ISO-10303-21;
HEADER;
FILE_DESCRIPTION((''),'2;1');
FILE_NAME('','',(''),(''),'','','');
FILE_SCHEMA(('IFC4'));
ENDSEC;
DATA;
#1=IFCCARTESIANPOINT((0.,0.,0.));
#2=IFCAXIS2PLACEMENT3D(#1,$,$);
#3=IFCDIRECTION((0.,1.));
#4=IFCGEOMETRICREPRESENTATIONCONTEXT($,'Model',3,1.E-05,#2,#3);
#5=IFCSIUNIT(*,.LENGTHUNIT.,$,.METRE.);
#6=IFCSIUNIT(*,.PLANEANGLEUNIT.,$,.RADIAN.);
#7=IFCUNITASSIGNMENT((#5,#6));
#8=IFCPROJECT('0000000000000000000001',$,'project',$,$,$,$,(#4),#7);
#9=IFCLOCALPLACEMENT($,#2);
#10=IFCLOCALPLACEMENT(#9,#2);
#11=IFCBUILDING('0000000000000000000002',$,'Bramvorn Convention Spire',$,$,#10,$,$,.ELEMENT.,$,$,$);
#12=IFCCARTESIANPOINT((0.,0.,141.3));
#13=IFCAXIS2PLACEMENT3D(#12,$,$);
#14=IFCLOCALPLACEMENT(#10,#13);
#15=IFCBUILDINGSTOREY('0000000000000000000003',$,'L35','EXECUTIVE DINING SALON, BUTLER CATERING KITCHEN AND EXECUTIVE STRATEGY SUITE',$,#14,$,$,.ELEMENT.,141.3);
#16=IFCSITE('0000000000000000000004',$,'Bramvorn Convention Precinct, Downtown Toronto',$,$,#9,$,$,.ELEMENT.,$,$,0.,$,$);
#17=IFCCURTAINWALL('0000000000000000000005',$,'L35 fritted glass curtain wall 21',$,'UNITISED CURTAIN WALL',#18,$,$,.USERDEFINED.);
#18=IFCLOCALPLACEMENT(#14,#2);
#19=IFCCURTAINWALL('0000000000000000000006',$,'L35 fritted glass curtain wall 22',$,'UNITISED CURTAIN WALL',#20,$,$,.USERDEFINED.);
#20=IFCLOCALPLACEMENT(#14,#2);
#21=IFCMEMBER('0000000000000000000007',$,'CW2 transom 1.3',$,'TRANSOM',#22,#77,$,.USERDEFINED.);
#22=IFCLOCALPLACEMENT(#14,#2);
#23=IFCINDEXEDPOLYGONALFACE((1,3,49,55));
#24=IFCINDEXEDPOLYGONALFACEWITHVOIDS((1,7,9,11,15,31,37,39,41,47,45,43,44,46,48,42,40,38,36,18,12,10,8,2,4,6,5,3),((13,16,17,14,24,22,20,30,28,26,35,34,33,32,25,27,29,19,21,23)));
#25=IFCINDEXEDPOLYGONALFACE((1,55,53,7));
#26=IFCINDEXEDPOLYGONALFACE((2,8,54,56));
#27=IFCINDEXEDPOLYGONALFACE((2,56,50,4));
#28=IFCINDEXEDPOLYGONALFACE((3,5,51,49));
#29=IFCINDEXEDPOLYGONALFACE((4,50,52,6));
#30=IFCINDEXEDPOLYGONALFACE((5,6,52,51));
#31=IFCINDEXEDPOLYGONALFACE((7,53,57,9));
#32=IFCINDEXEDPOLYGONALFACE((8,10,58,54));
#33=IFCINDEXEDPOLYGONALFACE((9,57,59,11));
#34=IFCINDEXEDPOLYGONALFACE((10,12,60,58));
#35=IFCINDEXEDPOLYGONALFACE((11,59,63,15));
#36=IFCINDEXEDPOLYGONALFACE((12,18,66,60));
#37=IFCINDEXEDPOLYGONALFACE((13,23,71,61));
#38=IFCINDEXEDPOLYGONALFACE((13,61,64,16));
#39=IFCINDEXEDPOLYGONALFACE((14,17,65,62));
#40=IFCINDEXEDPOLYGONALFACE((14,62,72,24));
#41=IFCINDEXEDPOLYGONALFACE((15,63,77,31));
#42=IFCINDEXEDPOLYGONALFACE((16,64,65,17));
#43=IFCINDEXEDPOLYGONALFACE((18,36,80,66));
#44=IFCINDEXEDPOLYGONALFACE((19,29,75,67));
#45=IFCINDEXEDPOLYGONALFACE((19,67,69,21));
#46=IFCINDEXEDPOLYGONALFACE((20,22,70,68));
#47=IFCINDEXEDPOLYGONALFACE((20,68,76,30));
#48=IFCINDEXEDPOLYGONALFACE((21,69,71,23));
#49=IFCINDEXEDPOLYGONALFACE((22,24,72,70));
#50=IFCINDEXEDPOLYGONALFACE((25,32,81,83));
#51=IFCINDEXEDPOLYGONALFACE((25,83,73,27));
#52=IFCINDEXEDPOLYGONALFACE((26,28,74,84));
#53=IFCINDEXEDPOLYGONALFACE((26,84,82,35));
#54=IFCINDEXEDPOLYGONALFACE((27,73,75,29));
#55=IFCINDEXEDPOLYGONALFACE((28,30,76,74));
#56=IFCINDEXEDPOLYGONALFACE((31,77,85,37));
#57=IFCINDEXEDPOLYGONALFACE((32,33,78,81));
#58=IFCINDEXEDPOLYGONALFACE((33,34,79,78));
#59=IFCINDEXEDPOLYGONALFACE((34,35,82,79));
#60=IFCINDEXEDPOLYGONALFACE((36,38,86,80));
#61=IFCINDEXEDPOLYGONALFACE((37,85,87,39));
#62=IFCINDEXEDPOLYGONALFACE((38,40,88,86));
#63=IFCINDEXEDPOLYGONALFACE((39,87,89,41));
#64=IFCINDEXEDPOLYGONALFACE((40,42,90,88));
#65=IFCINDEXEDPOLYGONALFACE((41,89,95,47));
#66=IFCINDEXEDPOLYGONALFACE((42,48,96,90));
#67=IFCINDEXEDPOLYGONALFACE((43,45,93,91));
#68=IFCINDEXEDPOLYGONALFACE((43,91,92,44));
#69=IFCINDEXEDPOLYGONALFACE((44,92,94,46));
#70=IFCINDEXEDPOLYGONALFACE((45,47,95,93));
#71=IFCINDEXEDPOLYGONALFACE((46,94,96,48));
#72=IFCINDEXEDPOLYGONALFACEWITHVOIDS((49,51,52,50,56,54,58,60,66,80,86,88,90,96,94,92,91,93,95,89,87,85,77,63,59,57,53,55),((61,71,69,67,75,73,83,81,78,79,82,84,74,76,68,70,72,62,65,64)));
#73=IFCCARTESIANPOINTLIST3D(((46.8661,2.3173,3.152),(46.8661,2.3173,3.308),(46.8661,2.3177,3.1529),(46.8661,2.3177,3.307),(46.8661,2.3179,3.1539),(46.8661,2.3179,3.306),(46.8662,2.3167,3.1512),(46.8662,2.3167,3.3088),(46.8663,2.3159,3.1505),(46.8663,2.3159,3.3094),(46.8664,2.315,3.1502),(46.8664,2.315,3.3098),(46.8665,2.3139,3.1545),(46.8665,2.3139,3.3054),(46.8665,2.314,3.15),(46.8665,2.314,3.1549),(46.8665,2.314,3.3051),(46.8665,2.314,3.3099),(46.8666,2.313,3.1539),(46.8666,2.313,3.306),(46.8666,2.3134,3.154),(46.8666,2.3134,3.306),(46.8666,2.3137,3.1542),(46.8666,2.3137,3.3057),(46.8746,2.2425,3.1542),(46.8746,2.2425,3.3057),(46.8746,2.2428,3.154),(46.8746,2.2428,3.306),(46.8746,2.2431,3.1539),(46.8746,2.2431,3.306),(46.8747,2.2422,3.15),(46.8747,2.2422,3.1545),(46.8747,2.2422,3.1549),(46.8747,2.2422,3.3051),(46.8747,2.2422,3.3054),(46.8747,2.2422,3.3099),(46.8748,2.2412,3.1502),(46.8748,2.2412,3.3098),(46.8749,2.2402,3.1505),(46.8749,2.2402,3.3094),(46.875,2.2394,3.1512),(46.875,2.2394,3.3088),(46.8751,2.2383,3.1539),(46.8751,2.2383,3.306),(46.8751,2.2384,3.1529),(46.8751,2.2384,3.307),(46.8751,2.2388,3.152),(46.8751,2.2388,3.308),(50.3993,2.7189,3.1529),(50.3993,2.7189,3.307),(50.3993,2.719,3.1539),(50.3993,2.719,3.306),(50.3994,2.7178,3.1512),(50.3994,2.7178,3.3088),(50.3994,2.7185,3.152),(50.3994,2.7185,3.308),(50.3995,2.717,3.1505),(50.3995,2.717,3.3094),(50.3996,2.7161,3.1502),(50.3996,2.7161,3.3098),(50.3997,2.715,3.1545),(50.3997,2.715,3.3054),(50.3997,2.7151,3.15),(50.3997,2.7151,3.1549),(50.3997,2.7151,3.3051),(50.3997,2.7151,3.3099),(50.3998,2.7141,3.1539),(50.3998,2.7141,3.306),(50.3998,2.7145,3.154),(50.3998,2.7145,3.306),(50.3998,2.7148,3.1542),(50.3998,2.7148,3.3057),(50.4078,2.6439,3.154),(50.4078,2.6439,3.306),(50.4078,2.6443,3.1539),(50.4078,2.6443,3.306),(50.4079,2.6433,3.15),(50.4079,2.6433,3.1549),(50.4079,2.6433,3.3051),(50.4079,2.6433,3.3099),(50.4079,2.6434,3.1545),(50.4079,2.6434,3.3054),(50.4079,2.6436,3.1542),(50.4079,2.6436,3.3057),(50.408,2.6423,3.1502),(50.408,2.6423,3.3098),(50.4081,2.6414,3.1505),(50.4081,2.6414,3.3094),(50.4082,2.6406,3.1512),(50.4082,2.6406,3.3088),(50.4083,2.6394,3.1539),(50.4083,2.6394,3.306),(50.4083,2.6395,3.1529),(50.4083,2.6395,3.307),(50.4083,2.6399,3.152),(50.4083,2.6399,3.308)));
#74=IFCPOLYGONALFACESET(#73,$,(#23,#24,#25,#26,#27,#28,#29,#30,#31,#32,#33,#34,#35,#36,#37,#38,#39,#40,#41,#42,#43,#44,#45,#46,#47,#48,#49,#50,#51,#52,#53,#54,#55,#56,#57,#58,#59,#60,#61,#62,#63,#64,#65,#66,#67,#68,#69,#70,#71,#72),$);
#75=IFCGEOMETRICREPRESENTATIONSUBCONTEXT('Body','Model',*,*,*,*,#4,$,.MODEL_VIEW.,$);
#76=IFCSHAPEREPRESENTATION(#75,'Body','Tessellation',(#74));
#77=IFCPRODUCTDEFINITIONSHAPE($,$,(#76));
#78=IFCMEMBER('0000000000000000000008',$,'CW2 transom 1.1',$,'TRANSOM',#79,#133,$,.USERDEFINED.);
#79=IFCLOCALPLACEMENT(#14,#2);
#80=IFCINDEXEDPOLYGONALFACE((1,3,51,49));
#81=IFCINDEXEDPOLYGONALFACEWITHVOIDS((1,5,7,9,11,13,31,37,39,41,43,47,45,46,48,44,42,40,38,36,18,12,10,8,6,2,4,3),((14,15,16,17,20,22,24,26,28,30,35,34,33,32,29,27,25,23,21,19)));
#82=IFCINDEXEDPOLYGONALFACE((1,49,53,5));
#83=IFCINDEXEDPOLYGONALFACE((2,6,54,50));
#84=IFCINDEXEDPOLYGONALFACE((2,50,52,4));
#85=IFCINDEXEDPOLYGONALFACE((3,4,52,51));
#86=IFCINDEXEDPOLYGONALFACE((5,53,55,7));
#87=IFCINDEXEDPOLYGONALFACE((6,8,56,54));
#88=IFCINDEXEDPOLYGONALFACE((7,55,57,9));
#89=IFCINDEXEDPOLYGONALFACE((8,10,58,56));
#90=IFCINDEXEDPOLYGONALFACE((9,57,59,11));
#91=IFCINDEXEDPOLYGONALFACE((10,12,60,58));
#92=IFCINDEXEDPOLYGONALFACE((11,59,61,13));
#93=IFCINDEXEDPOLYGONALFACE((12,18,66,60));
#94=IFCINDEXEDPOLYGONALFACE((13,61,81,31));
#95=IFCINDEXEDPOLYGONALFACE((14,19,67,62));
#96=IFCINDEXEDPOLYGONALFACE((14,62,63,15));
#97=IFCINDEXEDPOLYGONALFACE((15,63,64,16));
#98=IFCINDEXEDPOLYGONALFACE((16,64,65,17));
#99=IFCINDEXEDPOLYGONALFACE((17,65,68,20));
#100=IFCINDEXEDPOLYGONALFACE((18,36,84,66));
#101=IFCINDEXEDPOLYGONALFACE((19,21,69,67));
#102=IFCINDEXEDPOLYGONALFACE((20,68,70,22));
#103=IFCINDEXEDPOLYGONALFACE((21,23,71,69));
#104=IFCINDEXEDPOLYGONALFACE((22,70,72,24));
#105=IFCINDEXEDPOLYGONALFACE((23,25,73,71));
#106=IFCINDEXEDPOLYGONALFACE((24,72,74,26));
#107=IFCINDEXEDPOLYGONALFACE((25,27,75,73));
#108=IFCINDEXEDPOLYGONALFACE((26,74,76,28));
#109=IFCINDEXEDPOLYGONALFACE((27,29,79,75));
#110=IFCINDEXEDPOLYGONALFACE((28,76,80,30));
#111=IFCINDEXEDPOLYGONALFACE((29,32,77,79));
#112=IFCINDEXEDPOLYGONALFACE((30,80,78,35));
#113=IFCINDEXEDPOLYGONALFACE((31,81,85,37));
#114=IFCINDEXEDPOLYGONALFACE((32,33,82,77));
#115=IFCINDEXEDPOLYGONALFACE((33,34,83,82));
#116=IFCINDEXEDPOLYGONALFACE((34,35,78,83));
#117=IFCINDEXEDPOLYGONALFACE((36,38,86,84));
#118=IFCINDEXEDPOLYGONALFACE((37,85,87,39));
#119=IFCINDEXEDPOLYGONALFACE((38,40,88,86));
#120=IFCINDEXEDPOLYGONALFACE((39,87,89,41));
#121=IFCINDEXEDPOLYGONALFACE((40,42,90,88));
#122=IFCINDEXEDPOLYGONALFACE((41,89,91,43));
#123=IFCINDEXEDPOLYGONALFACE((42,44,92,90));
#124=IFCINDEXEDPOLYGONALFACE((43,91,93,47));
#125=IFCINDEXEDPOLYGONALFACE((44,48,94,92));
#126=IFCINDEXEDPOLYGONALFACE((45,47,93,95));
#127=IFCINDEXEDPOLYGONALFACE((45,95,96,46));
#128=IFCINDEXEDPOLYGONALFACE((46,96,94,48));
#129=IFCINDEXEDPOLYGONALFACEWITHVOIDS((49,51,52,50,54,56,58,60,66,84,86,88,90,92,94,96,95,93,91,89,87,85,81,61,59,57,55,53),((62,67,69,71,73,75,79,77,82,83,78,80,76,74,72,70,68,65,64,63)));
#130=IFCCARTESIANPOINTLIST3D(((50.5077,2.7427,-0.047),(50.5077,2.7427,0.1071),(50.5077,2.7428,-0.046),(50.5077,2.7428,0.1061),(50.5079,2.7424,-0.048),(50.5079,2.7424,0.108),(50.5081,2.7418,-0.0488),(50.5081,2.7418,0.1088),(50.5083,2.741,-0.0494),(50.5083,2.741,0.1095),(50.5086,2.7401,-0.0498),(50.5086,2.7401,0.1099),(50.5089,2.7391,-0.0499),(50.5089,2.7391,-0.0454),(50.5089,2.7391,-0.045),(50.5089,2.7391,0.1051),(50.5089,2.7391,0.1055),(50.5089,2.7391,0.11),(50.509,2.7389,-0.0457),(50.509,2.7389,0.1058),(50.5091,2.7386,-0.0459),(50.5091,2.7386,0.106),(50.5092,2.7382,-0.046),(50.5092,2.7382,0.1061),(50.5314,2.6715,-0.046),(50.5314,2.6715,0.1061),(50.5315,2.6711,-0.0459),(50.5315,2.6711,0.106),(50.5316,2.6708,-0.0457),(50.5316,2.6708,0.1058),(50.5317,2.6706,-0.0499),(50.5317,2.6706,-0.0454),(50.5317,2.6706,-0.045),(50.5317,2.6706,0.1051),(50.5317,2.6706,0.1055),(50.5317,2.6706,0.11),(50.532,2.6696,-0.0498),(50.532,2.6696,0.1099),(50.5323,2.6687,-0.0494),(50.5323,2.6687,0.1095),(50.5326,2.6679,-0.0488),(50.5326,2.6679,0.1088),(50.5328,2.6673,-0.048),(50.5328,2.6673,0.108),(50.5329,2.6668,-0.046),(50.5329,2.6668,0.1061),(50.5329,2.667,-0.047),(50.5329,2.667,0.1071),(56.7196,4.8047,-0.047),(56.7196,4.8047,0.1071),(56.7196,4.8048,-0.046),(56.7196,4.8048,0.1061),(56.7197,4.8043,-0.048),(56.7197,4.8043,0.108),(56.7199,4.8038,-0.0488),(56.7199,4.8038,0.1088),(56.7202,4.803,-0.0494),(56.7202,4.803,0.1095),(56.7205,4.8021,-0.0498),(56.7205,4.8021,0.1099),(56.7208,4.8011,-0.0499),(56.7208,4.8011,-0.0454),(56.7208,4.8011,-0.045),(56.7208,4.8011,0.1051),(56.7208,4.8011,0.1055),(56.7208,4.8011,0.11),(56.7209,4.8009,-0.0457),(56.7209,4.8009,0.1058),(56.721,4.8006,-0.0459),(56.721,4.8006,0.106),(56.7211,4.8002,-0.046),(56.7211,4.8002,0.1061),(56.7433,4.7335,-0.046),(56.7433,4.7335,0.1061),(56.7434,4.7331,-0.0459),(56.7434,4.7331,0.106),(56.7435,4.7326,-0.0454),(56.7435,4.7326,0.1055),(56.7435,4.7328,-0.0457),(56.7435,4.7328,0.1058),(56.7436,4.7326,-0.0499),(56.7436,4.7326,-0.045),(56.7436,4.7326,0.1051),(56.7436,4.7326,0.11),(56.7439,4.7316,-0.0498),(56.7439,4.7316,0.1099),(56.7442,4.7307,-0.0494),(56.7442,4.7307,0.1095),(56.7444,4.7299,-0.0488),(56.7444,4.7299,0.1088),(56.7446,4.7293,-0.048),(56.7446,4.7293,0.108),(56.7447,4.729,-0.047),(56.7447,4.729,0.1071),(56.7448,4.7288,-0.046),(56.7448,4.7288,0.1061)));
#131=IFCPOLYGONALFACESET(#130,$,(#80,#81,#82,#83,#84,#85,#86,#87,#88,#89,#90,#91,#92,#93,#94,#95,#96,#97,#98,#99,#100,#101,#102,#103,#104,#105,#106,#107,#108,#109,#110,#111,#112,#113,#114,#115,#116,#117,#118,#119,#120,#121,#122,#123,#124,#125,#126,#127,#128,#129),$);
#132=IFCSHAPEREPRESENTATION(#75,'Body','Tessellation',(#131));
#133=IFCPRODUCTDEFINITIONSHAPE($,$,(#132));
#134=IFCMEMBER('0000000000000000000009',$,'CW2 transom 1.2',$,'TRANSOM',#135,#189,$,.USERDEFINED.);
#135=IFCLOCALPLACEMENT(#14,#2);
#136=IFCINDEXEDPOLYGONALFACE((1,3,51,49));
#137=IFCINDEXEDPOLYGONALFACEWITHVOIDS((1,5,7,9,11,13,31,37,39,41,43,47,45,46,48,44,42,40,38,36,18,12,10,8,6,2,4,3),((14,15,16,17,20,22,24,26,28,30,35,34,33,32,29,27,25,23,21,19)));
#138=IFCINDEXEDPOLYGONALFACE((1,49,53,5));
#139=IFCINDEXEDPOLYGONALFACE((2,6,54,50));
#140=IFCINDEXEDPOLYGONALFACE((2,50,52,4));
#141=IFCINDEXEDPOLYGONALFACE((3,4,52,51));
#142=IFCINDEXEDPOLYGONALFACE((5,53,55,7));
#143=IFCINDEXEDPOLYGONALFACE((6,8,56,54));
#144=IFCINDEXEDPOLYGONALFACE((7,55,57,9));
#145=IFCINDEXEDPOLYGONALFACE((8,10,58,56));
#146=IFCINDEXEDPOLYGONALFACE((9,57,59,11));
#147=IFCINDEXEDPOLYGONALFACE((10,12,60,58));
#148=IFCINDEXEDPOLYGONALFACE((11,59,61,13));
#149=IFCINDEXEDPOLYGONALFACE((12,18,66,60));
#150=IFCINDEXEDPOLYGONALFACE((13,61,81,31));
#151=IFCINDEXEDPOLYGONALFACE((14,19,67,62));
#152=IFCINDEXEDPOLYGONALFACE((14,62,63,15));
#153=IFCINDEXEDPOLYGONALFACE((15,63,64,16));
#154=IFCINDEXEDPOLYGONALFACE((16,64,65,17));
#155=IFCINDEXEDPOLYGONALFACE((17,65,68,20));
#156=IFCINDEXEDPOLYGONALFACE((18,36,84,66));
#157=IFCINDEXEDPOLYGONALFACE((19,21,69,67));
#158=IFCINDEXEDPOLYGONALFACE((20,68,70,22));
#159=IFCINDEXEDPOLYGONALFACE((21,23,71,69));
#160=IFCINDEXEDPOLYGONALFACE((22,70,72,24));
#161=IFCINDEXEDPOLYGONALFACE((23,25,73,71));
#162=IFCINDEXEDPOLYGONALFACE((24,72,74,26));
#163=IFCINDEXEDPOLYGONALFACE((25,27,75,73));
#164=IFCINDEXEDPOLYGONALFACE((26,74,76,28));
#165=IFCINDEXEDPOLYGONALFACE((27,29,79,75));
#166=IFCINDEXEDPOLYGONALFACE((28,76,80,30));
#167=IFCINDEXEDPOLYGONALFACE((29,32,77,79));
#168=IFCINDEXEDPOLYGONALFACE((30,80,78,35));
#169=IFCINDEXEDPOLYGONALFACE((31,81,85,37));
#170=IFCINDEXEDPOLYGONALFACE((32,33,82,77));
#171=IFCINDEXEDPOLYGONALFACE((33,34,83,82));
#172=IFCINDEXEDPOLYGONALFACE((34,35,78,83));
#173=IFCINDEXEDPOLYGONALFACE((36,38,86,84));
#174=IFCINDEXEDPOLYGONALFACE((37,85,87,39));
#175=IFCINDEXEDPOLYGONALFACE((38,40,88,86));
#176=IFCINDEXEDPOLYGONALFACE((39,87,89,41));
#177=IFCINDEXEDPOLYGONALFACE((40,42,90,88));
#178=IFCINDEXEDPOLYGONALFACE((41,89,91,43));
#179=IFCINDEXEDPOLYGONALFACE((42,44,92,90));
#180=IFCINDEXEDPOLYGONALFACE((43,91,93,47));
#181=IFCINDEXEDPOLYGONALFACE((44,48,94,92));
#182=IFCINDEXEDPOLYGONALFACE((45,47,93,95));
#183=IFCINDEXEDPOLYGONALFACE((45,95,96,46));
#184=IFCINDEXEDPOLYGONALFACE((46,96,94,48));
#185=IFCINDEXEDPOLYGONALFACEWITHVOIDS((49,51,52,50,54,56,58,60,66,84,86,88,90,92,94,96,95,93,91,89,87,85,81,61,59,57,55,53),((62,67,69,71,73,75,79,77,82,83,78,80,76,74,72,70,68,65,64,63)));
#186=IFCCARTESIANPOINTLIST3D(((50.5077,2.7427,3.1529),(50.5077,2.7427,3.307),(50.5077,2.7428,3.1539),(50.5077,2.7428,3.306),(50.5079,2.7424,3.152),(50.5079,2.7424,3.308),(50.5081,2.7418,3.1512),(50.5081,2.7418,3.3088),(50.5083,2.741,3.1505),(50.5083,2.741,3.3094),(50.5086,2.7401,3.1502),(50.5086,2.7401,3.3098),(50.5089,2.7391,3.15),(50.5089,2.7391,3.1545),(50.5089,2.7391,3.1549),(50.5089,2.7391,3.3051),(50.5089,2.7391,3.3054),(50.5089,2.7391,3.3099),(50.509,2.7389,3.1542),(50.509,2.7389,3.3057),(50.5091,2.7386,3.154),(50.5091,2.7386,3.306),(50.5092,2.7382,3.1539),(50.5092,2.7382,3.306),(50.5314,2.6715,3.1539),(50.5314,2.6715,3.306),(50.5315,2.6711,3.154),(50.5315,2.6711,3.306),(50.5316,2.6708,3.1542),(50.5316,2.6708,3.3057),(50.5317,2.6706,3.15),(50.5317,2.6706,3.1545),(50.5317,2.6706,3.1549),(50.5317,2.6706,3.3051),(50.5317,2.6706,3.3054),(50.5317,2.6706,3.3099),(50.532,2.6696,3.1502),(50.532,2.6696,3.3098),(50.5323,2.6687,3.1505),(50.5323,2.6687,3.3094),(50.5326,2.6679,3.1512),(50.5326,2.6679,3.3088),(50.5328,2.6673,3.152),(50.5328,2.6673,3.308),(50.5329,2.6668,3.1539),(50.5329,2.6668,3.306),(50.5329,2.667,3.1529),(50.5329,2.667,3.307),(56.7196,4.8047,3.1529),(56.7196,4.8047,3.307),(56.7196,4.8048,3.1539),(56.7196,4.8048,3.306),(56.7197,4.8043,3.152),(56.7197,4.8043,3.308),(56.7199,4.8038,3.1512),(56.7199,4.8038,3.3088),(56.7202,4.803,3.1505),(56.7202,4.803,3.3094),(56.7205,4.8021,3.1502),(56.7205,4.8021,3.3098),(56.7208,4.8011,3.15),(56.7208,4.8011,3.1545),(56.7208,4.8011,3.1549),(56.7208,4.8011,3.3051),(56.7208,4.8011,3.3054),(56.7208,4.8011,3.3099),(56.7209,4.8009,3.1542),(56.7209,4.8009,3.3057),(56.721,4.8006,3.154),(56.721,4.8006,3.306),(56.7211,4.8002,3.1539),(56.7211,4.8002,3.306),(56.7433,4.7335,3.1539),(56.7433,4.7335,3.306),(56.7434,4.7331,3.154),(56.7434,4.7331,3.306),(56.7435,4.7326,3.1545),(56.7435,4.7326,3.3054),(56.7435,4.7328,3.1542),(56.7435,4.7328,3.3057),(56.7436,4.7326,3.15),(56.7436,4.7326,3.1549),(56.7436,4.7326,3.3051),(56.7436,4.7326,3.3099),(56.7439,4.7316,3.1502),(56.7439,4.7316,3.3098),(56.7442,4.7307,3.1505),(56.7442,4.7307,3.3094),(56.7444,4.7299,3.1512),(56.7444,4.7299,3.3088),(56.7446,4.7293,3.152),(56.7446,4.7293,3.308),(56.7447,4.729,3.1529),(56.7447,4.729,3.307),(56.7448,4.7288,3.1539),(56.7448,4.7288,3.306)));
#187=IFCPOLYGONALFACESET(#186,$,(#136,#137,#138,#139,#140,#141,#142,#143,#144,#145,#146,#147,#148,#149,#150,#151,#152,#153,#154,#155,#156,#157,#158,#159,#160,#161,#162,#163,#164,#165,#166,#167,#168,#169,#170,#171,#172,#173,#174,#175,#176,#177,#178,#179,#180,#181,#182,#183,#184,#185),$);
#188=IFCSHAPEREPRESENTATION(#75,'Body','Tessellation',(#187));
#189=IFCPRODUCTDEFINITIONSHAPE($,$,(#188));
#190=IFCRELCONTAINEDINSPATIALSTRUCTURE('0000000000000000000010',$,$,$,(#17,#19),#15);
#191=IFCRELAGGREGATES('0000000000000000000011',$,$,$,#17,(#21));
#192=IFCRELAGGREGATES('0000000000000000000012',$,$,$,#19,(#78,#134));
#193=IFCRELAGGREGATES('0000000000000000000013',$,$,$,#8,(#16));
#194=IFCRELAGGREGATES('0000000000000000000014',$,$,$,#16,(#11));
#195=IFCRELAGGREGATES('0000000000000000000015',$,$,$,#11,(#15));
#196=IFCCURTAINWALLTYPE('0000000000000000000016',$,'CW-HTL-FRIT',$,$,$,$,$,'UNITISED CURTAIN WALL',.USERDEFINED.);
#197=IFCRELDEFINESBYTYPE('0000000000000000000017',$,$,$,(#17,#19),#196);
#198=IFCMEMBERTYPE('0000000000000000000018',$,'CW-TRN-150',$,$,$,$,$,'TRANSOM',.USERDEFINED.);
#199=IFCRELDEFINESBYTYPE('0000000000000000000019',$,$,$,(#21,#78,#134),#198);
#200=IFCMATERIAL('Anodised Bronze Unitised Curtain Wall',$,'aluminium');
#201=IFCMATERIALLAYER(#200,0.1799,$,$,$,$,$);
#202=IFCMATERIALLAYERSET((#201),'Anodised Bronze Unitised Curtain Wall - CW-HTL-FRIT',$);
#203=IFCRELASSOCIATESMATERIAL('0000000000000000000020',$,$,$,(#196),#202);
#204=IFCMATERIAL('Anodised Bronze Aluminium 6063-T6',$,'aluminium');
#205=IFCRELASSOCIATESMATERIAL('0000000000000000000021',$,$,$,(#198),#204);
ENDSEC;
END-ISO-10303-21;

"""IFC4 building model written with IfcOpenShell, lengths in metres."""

from ifc_helpers import new_model, si_unit, direction, frame, origin, origin_2d, place, context, subcontext, project, spatial, hollow_rectangle, extrude, material, layer, layer_set, material_profile, profile_set, type_object, element, aggregate, save


model = new_model("IFC4")

# Units and contexts
model_context = context("Model", 3, precision=1e-05, world=origin(), true_north=direction((0.0, 1.0)))
body_context = subcontext(model_context, "Body", "Model", "MODEL_VIEW")
ifc_project = project(units=[si_unit("LENGTHUNIT", "METRE"), si_unit("PLANEANGLEUNIT", "RADIAN")], contexts=[model_context])

# Site, building, storey
site_placement = place(None, origin())
site = spatial("IfcSite", under=ifc_project, at=site_placement, Name="Bramvorn Convention Precinct, Downtown Toronto", CompositionType="ELEMENT", RefElevation=0.0)
building_placement = place(site_placement, origin())
building = spatial("IfcBuilding", under=site, at=building_placement, Name="Bramvorn Convention Spire", CompositionType="ELEMENT")
storey_placement = place(building_placement, frame((0.0, 0.0, 141.3)))
storey = spatial("IfcBuildingStorey", under=building, at=storey_placement, Name="L35", Description="EXECUTIVE DINING SALON, BUTLER CATERING KITCHEN AND EXECUTIVE STRATEGY SUITE", CompositionType="ELEMENT", Elevation=141.3)

# Curtain wall
ifc_material_1 = material(Name="Anodised Bronze Unitised Curtain Wall", Category="aluminium")
ifc_layer_1 = layer(ifc_material_1, 0.1799)
ifc_layer_set_1 = layer_set([ifc_layer_1], Name="Anodised Bronze Unitised Curtain Wall - CW-HTL-FRIT")
curtain_wall_type = type_object("IfcCurtainWallType", Name="CW-HTL-FRIT", ElementType="UNITISED CURTAIN WALL", PredefinedType="USERDEFINED", material=ifc_layer_set_1)
curtain_wall_1_placement = place(storey_placement, origin())
curtain_wall_1 = element("IfcCurtainWall", 1, at=curtain_wall_1_placement, inside=storey, type_object=curtain_wall_type, Name="L35 fritted glass curtain wall 21", ObjectType="UNITISED CURTAIN WALL", PredefinedType="USERDEFINED")
ifc_material_2 = material(Name="Anodised Bronze Aluminium 6063-T6", Category="aluminium")

# Curtain wall
curtain_wall_2_placement = place(storey_placement, origin())
curtain_wall_2 = element("IfcCurtainWall", 2, at=curtain_wall_2_placement, inside=storey, type_object=curtain_wall_type, Name="L35 fritted glass curtain wall 22", ObjectType="UNITISED CURTAIN WALL", PredefinedType="USERDEFINED")

# Members
ifc_material_profile_1 = material_profile(ifc_material_2, hollow_rectangle(XDim=0.0801, YDim=0.1599, WallThickness=0.0039, InnerFilletRadius=0.001, OuterFilletRadius=0.0039, at=origin_2d()))
ifc_profile_set_1 = profile_set([ifc_material_profile_1], Name="Anodised Bronze Aluminium 6063-T6 - CWT80X160")
member_type_1 = type_object("IfcMemberType", Name="CW-TRN-150", ElementType="TRANSOM", PredefinedType="USERDEFINED", material=ifc_profile_set_1)
member_1_placement = place(storey_placement, frame((50.4038, 2.6792, 3.23), z_axis=(-0.993617, -0.112805, 0.0), x_axis=(0.112805, -0.993617, 0.0)))
member_1 = element("IfcMember", 3, at=member_1_placement, type_object=member_type_1, Name="CW2 transom 1.3", ObjectType="TRANSOM", PredefinedType="USERDEFINED", context=body_context, shape_type="SweptSolid", body=[
    extrude(hollow_rectangle(XDim=0.0801, YDim=0.1599, WallThickness=0.0039, InnerFilletRadius=0.001, OuterFilletRadius=0.0039, at=origin_2d()), origin(), (0.0, 0.0, 1.0), 3.5559),
])
member_2_placement = place(storey_placement, frame((56.7322, 4.7668, 0.03), z_axis=(-0.949078, -0.315041, 0.0), x_axis=(0.315041, -0.949078, 0.0)))
member_2 = element("IfcMember", 4, at=member_2_placement, type_object=member_type_1, Name="CW2 transom 1.1", ObjectType="TRANSOM", PredefinedType="USERDEFINED", context=body_context, shape_type="SweptSolid", body=[
    extrude(hollow_rectangle(XDim=0.0801, YDim=0.1599, WallThickness=0.0039, InnerFilletRadius=0.001, OuterFilletRadius=0.0039, at=origin_2d()), origin(), (0.0, 0.0, 1.0), 6.5452),
])
member_3_placement = place(storey_placement, frame((56.7322, 4.7668, 3.23), z_axis=(-0.949078, -0.315041, 0.0), x_axis=(0.315041, -0.949078, 0.0)))
member_3 = element("IfcMember", 5, at=member_3_placement, type_object=member_type_1, Name="CW2 transom 1.2", ObjectType="TRANSOM", PredefinedType="USERDEFINED", context=body_context, shape_type="SweptSolid", body=[
    extrude(hollow_rectangle(XDim=0.0801, YDim=0.1599, WallThickness=0.0039, InnerFilletRadius=0.001, OuterFilletRadius=0.0039, at=origin_2d()), origin(), (0.0, 0.0, 1.0), 6.5452),
])

aggregate(curtain_wall_1, [member_1])
aggregate(curtain_wall_2, [member_2, member_3])

save(model, "model.ifc")
